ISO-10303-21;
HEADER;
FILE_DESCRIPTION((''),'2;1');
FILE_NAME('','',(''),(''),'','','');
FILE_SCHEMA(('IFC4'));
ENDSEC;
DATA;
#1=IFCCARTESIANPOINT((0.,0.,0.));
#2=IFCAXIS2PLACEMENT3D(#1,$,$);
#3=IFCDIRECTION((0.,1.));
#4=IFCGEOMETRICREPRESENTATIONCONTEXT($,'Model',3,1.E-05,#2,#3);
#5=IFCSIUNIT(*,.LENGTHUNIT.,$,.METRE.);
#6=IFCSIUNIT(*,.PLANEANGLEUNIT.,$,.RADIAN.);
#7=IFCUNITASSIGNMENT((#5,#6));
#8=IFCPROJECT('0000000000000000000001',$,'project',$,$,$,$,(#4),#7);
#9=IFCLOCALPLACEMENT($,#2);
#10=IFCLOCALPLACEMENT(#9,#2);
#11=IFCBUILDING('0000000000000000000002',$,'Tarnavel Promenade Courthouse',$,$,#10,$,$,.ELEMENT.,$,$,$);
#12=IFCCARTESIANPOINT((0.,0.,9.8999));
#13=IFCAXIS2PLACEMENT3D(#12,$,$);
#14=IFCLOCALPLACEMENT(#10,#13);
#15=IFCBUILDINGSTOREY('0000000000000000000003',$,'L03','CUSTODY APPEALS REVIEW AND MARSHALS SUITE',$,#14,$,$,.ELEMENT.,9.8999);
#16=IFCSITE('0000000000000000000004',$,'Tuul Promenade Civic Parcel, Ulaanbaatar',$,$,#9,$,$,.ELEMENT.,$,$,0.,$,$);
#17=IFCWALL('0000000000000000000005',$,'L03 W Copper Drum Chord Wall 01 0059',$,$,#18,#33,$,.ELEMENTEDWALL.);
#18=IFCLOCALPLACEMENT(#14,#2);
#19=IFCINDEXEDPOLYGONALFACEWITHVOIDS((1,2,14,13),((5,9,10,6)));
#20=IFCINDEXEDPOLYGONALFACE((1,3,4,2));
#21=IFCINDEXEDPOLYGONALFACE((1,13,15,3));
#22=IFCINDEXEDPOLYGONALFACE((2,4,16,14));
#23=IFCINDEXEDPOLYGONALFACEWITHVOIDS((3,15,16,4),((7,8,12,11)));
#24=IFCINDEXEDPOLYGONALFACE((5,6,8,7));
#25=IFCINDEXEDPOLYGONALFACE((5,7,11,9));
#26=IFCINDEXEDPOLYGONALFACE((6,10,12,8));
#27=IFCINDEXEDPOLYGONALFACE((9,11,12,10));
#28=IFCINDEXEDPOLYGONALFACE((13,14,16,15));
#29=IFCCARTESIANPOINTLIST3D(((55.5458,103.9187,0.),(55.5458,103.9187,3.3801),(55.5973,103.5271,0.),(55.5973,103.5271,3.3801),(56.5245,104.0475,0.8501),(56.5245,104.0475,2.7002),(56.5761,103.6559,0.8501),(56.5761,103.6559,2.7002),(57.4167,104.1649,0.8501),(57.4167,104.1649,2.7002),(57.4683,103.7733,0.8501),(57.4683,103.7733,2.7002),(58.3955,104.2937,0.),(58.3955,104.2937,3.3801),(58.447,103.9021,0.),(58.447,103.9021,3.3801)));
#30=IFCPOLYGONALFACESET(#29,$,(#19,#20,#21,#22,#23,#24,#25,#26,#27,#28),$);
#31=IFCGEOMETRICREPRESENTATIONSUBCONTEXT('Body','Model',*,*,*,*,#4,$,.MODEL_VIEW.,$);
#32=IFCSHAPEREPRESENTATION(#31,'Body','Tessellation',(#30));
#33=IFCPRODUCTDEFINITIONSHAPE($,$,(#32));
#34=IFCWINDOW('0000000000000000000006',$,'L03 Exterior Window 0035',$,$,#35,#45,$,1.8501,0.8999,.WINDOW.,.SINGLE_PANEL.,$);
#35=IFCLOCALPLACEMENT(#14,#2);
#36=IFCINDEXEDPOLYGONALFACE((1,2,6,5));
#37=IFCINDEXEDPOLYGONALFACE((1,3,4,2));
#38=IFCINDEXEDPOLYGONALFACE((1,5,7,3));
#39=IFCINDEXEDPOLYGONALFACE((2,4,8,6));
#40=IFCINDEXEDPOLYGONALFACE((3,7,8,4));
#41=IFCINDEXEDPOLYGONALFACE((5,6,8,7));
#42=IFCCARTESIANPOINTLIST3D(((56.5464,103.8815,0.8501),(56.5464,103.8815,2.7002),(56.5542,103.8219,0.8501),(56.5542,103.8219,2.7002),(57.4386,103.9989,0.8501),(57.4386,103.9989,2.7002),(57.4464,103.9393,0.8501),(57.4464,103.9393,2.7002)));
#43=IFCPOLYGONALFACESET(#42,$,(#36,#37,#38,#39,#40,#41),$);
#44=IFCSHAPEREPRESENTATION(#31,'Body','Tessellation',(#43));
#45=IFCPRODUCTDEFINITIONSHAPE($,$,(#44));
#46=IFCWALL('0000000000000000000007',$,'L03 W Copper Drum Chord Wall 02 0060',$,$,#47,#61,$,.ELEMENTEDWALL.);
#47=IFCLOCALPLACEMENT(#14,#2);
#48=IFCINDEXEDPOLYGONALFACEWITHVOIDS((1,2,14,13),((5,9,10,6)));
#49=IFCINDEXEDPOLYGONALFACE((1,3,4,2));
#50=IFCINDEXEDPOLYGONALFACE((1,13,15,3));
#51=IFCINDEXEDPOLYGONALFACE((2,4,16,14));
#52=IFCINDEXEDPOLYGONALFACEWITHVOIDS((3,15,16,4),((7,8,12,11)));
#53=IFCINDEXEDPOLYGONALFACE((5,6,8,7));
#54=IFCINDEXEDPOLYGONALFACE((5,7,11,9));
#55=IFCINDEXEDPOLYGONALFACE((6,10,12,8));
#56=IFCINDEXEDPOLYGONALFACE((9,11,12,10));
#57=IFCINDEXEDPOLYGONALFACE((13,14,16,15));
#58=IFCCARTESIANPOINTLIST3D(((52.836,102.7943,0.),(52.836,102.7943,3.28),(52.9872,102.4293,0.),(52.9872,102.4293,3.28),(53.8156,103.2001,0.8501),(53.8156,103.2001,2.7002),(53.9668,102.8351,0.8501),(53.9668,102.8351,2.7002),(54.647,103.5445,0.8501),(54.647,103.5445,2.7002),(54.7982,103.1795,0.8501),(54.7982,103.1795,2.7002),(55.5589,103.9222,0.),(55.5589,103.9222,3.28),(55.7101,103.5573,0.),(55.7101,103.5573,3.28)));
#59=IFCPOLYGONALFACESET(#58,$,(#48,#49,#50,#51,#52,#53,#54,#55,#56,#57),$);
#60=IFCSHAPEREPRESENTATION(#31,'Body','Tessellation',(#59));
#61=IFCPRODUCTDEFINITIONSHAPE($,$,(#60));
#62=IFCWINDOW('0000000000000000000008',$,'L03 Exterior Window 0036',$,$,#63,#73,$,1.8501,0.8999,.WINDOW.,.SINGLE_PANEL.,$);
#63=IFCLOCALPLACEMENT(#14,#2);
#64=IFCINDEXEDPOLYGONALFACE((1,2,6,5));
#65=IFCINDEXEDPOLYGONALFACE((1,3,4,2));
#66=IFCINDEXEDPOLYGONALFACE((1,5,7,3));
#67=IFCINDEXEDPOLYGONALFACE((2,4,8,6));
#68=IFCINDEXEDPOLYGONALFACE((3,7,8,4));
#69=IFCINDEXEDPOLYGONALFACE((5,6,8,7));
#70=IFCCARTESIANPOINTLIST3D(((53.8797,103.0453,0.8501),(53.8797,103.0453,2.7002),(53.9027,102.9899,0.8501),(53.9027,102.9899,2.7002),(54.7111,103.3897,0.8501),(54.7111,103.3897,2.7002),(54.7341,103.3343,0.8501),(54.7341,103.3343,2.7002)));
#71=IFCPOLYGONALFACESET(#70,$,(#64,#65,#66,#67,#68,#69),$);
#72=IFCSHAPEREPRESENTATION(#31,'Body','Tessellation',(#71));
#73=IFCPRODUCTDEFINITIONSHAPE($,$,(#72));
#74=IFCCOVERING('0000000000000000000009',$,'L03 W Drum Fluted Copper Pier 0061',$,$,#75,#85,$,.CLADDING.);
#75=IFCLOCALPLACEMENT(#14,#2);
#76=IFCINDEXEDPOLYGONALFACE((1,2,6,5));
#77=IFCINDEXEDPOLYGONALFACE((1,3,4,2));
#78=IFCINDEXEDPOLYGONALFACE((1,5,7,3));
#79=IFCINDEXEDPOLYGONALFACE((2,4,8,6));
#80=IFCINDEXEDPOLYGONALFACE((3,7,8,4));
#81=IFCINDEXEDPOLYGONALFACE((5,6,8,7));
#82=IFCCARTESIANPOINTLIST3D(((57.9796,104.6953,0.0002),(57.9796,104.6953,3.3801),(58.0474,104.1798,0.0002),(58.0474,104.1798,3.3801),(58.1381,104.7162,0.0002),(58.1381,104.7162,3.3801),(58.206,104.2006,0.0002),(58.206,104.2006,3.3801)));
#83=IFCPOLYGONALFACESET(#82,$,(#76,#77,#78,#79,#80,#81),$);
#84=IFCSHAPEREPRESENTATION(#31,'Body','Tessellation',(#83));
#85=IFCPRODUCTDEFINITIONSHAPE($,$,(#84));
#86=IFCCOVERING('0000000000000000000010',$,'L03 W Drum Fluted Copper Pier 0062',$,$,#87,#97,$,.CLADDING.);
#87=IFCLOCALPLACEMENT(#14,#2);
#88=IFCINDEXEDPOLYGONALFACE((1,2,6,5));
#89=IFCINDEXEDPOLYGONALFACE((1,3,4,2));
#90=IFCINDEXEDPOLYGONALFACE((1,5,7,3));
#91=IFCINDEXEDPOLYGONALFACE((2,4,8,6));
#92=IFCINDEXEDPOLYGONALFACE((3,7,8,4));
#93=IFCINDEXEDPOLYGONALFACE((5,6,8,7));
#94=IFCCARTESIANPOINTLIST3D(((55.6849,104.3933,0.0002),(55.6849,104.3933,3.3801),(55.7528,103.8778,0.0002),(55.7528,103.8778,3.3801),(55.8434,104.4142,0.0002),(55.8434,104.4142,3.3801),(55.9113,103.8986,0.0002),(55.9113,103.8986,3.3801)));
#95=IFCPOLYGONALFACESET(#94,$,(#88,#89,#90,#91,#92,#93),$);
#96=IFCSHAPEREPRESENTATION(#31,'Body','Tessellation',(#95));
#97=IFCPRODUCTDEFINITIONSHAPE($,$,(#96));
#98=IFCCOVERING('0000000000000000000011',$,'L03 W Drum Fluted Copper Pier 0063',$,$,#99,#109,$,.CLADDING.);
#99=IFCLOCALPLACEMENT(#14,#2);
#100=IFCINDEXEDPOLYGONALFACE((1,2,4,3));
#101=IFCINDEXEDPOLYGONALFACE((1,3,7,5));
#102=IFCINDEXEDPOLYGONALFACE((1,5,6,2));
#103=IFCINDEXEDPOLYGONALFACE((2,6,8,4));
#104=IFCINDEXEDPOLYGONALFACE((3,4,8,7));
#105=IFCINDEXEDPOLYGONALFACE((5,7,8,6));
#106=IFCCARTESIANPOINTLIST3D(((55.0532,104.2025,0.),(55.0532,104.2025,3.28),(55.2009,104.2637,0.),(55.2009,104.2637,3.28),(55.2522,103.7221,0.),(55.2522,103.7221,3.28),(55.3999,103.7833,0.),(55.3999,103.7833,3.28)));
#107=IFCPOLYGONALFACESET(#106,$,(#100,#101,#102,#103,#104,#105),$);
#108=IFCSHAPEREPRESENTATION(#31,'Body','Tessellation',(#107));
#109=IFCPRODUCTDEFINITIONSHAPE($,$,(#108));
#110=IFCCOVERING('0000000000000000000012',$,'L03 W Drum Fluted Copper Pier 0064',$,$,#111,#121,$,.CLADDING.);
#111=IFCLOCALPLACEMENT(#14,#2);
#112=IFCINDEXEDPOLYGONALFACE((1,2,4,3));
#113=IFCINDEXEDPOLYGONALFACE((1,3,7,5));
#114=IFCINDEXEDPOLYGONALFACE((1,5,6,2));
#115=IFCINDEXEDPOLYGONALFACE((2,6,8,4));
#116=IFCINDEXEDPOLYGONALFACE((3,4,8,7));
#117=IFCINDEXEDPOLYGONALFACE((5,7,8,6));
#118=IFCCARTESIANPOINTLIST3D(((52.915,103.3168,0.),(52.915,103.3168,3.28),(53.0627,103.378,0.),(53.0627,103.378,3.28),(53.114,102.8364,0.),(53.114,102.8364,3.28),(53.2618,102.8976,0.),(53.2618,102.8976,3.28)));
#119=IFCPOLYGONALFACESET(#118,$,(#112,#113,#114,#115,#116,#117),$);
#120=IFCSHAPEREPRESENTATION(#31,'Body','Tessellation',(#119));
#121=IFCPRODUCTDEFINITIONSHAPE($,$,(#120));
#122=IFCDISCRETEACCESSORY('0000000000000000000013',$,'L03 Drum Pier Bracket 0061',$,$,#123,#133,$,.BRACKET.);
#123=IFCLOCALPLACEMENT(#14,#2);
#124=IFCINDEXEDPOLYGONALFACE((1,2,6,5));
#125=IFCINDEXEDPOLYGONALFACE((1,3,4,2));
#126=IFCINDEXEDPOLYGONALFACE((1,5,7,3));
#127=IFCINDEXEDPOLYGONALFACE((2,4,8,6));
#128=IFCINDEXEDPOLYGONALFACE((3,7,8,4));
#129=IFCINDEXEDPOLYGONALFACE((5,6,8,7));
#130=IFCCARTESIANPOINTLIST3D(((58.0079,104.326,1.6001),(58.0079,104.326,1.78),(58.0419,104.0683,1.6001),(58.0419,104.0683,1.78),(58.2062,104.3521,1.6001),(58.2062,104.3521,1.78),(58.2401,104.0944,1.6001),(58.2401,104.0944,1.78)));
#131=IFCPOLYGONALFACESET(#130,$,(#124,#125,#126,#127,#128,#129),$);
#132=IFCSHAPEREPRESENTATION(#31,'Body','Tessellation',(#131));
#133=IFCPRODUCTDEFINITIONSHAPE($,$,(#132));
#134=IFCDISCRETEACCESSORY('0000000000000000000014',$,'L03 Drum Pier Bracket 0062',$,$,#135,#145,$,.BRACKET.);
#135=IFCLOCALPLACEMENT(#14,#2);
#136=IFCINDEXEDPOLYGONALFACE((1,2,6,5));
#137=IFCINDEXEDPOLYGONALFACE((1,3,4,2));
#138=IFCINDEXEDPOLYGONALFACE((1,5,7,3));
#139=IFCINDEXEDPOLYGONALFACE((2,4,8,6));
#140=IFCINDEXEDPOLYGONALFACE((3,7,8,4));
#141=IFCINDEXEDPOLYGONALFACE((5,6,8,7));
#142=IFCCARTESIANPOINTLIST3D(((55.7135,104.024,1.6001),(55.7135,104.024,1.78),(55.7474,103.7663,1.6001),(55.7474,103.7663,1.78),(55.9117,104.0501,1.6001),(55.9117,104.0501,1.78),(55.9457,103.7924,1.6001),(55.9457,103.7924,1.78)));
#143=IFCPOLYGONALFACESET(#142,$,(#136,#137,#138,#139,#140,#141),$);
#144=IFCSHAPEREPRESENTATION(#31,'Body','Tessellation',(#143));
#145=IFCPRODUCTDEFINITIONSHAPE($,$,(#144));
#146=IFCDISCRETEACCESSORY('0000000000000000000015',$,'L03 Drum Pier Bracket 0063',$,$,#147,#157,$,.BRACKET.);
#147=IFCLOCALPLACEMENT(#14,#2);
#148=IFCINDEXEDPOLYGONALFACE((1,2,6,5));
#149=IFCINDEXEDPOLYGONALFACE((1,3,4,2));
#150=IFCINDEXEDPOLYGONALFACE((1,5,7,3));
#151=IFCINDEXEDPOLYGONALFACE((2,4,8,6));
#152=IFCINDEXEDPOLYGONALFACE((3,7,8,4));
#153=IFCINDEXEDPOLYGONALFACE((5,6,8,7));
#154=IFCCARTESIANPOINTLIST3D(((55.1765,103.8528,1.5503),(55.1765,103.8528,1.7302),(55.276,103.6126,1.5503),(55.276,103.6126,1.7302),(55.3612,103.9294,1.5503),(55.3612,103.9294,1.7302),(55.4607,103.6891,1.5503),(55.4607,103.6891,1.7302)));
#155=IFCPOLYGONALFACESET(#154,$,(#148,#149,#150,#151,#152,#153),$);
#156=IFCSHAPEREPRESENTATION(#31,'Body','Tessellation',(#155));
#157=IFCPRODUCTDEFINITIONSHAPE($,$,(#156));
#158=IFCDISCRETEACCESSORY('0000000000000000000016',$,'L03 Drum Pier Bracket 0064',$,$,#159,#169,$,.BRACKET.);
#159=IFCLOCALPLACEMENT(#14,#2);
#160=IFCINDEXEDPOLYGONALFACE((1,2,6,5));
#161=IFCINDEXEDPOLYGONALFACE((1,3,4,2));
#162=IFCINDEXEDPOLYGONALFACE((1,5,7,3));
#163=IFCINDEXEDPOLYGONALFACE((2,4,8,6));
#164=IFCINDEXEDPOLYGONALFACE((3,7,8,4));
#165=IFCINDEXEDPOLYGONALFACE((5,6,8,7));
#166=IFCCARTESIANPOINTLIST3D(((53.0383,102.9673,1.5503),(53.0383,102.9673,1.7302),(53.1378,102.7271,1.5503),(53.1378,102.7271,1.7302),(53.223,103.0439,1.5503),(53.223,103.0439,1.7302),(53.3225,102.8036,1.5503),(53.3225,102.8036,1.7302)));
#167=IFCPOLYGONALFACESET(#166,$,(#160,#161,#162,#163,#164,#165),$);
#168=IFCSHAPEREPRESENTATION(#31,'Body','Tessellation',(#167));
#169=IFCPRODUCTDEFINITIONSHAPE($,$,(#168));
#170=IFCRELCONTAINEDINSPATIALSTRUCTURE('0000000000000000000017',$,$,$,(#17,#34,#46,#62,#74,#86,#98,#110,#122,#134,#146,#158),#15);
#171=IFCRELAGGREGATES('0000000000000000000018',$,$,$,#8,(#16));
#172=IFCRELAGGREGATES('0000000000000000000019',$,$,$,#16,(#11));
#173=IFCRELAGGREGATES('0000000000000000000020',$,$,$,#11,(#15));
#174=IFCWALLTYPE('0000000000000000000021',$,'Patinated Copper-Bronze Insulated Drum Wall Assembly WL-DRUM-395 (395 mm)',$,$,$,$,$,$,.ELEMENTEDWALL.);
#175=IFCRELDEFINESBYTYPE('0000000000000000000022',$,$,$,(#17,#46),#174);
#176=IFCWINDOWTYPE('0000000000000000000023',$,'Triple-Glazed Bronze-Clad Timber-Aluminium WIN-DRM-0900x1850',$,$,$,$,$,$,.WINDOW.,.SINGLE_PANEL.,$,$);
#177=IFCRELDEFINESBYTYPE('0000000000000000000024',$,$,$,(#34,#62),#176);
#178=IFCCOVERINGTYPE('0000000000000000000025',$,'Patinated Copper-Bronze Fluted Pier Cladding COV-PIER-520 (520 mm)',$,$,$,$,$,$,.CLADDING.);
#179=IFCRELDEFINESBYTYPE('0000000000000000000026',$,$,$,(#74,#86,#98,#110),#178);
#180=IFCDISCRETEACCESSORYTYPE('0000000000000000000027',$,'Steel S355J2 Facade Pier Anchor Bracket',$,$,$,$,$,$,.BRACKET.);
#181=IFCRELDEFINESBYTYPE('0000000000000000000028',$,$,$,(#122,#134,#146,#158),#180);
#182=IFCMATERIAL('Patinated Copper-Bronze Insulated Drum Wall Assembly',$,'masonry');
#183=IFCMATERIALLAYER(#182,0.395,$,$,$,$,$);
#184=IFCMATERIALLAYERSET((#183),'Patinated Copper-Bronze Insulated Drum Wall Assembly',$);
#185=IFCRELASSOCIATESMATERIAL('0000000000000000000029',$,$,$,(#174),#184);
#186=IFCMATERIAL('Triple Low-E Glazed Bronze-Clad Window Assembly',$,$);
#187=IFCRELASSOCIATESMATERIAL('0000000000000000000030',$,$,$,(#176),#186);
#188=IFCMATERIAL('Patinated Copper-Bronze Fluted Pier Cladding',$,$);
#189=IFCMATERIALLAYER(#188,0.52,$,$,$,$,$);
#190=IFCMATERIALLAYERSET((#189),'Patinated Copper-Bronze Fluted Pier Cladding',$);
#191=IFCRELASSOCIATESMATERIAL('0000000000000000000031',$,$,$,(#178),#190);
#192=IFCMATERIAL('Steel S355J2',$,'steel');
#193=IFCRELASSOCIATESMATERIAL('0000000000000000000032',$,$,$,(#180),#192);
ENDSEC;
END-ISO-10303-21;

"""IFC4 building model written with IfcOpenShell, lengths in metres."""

from ifc_helpers import new_model, si_unit, direction, frame, frame_2d, origin, origin_2d, place, context, subcontext, project, spatial, rectangle, extrude, material, layer, layer_set, type_object, element, fill, save


model = new_model("IFC4")

# Units and contexts
model_context = context("Model", 3, precision=1e-05, world=origin(), true_north=direction((0.0, 1.0)))
body_context = subcontext(model_context, "Body", "Model", "MODEL_VIEW")
ifc_project = project(units=[si_unit("LENGTHUNIT", "METRE"), si_unit("PLANEANGLEUNIT", "RADIAN")], contexts=[model_context])

# Site, building, storey
site_placement = place(None, origin())
site = spatial("IfcSite", under=ifc_project, at=site_placement, Name="Tuul Promenade Civic Parcel, Ulaanbaatar", CompositionType="ELEMENT", RefElevation=0.0)
building_placement = place(site_placement, origin())
building = spatial("IfcBuilding", under=site, at=building_placement, Name="Tarnavel Promenade Courthouse", CompositionType="ELEMENT")
storey_placement = place(building_placement, frame((0.0, 0.0, 9.8999)))
storey = spatial("IfcBuildingStorey", under=building, at=storey_placement, Name="L03", Description="CUSTODY APPEALS REVIEW AND MARSHALS SUITE", CompositionType="ELEMENT", Elevation=9.8999)

# Shared definitions
ifc_material_1 = material(Name="Steel S355J2", Category="steel")

# Shared definitions
ifc_material_2 = material(Name="Triple Low-E Glazed Bronze-Clad Window Assembly")

# Walls, openings, windows
ifc_material_3 = material(Name="Patinated Copper-Bronze Insulated Drum Wall Assembly", Category="masonry")
ifc_layer_1 = layer(ifc_material_3, 0.395)
ifc_layer_set_1 = layer_set([ifc_layer_1], Name="Patinated Copper-Bronze Insulated Drum Wall Assembly")
wall_type_1 = type_object("IfcWallType", Name="Patinated Copper-Bronze Insulated Drum Wall Assembly WL-DRUM-395 (395 mm)", PredefinedType="ELEMENTEDWALL", material=ifc_layer_set_1)
wall_1_placement = place(storey_placement, frame((58.4211, 104.0979, 0.0), z_axis=(0.0, 0.0, 1.0), x_axis=(-0.991452, -0.130472, 0.0)))
wall_1 = element("IfcWall", 1, at=wall_1_placement, inside=storey, type_object=wall_type_1, Name="L03 W Copper Drum Chord Wall 01 0059", PredefinedType="ELEMENTEDWALL", context=body_context, shape_type="SweptSolid", body=[
    extrude(rectangle(XDim=2.8743, YDim=0.395, at=frame_2d((1.437, 0.0))), origin(), (0.0, 0.0, 1.0), 3.3801),
])
opening_1_placement = place(wall_1_placement, frame((0.9871, 0.0, 0.8501)))
opening_1 = element("IfcOpeningElement", 2, at=opening_1_placement, cuts=wall_1, PredefinedType="OPENING", context=body_context, shape_type="SweptSolid", body=[
    extrude(rectangle(XDim=0.8999, YDim=1.8501, at=frame_2d((0.45, 0.925))), frame((0.0, 0.2075, 0.0), z_axis=(0.0, -1.0, 0.0), x_axis=(1.0, 0.0, 0.0)), (0.0, 0.0, 1.0), 0.415),
])
window_type_1 = type_object("IfcWindowType", Name="Triple-Glazed Bronze-Clad Timber-Aluminium WIN-DRM-0900x1850", PartitioningType="SINGLE_PANEL", PredefinedType="WINDOW", material=ifc_material_2)
window_1_placement = place(opening_1_placement, origin())
window_1 = element("IfcWindow", 3, at=window_1_placement, inside=storey, type_object=window_type_1, Name="L03 Exterior Window 0035", OverallHeight=1.8501, OverallWidth=0.8999, PartitioningType="SINGLE_PANEL", PredefinedType="WINDOW", context=body_context, shape_type="SweptSolid", body=[
    extrude(rectangle(XDim=0.8999, YDim=1.8501, at=frame_2d((0.45, 0.925))), frame((0.0, 0.03, 0.0), z_axis=(0.0, -1.0, 0.0), x_axis=(1.0, 0.0, 0.0)), (0.0, 0.0, 1.0), 0.0601),
])
fill(opening_1, window_1)
wall_2_placement = place(storey_placement, frame((55.6345, 103.7397, 0.0), z_axis=(0.0, 0.0, 1.0), x_axis=(-0.923871, -0.382703, 0.0)))
wall_2 = element("IfcWall", 4, at=wall_2_placement, inside=storey, type_object=wall_type_1, Name="L03 W Copper Drum Chord Wall 02 0060", PredefinedType="ELEMENTEDWALL", context=body_context, shape_type="SweptSolid", body=[
    extrude(rectangle(XDim=2.9473, YDim=0.395, at=frame_2d((1.4736, 0.0))), origin(), (0.0, 0.0, 1.0), 3.28),
])
opening_2_placement = place(wall_2_placement, frame((0.9871, 0.0, 0.8501)))
opening_2 = element("IfcOpeningElement", 5, at=opening_2_placement, cuts=wall_2, PredefinedType="OPENING", context=body_context, shape_type="SweptSolid", body=[
    extrude(rectangle(XDim=0.8999, YDim=1.8501, at=frame_2d((0.45, 0.925))), frame((0.0, 0.2075, 0.0), z_axis=(0.0, -1.0, 0.0), x_axis=(1.0, 0.0, 0.0)), (0.0, 0.0, 1.0), 0.415),
])
window_2_placement = place(opening_2_placement, origin())
window_2 = element("IfcWindow", 6, at=window_2_placement, inside=storey, type_object=window_type_1, Name="L03 Exterior Window 0036", OverallHeight=1.8501, OverallWidth=0.8999, PartitioningType="SINGLE_PANEL", PredefinedType="WINDOW", context=body_context, shape_type="SweptSolid", body=[
    extrude(rectangle(XDim=0.8999, YDim=1.8501, at=frame_2d((0.45, 0.925))), frame((0.0, 0.03, 0.0), z_axis=(0.0, -1.0, 0.0), x_axis=(1.0, 0.0, 0.0)), (0.0, 0.0, 1.0), 0.0601),
])
fill(opening_2, window_2)

# Coverings
ifc_material_4 = material(Name="Patinated Copper-Bronze Fluted Pier Cladding")
ifc_layer_2 = layer(ifc_material_4, 0.52)
ifc_layer_set_2 = layer_set([ifc_layer_2], Name="Patinated Copper-Bronze Fluted Pier Cladding")
covering_type = type_object("IfcCoveringType", Name="Patinated Copper-Bronze Fluted Pier Cladding COV-PIER-520 (520 mm)", PredefinedType="CLADDING", material=ifc_layer_set_2)
for number, where, z_axis, x_axis, name in (
    (7, (58.0928, 104.448, 0.0002), (0.0, 0.0, 1.0), (-0.991445, -0.130526, 0.0), "L03 W Drum Fluted Copper Pier 0061"),
    (8, (55.7981, 104.146, 0.0002), (0.0, 0.0, 1.0), (-0.991445, -0.130526, 0.0), "L03 W Drum Fluted Copper Pier 0062"),
):
    element("IfcCovering", number, at=place(storey_placement, frame(where, z_axis=z_axis, x_axis=x_axis)), inside=storey, type_object=covering_type, Name=name, PredefinedType="CLADDING", context=body_context, shape_type="SweptSolid", body=[
        extrude(rectangle(XDim=0.1599, YDim=0.52, at=origin_2d()), origin(), (0.0, 0.0, 1.0), 3.3799),
    ])
for number, where, z_axis, x_axis, name in (
    (9, (55.2266, 103.9929, 0.0), (0.0, 0.0, 1.0), (-0.92388, -0.382683, 0.0), "L03 W Drum Fluted Copper Pier 0063"),
    (10, (53.0884, 103.1072, 0.0), (0.0, 0.0, 1.0), (-0.92388, -0.382683, 0.0), "L03 W Drum Fluted Copper Pier 0064"),
):
    element("IfcCovering", number, at=place(storey_placement, frame(where, z_axis=z_axis, x_axis=x_axis)), inside=storey, type_object=covering_type, Name=name, PredefinedType="CLADDING", context=body_context, shape_type="SweptSolid", body=[
        extrude(rectangle(XDim=0.1599, YDim=0.52, at=origin_2d()), origin(), (0.0, 0.0, 1.0), 3.28),
    ])

# Discrete accessories
discrete_accessory_type = type_object("IfcDiscreteAccessoryType", Name="Steel S355J2 Facade Pier Anchor Bracket", PredefinedType="BRACKET", material=ifc_material_1)
for number, where, z_axis, x_axis, name in (
    (11, (58.124, 104.2102, 1.6001), (0.0, 0.0, 1.0), (-0.991445, -0.130526, 0.0), "L03 Drum Pier Bracket 0061"),
    (12, (55.8296, 103.9082, 1.6001), (0.0, 0.0, 1.0), (-0.991445, -0.130526, 0.0), "L03 Drum Pier Bracket 0062"),
    (13, (55.3186, 103.771, 1.5503), (0.0, 0.0, 1.0), (-0.92388, -0.382683, 0.0), "L03 Drum Pier Bracket 0063"),
    (14, (53.1804, 102.8855, 1.5503), (0.0, 0.0, 1.0), (-0.92388, -0.382683, 0.0), "L03 Drum Pier Bracket 0064"),
):
    element("IfcDiscreteAccessory", number, at=place(storey_placement, frame(where, z_axis=z_axis, x_axis=x_axis)), inside=storey, type_object=discrete_accessory_type, Name=name, PredefinedType="BRACKET", context=body_context, shape_type="SweptSolid", body=[
        extrude(rectangle(XDim=0.2, YDim=0.26, at=origin_2d()), origin(), (0.0, 0.0, 1.0), 0.1799),
    ])

save(model, "model.ifc")
